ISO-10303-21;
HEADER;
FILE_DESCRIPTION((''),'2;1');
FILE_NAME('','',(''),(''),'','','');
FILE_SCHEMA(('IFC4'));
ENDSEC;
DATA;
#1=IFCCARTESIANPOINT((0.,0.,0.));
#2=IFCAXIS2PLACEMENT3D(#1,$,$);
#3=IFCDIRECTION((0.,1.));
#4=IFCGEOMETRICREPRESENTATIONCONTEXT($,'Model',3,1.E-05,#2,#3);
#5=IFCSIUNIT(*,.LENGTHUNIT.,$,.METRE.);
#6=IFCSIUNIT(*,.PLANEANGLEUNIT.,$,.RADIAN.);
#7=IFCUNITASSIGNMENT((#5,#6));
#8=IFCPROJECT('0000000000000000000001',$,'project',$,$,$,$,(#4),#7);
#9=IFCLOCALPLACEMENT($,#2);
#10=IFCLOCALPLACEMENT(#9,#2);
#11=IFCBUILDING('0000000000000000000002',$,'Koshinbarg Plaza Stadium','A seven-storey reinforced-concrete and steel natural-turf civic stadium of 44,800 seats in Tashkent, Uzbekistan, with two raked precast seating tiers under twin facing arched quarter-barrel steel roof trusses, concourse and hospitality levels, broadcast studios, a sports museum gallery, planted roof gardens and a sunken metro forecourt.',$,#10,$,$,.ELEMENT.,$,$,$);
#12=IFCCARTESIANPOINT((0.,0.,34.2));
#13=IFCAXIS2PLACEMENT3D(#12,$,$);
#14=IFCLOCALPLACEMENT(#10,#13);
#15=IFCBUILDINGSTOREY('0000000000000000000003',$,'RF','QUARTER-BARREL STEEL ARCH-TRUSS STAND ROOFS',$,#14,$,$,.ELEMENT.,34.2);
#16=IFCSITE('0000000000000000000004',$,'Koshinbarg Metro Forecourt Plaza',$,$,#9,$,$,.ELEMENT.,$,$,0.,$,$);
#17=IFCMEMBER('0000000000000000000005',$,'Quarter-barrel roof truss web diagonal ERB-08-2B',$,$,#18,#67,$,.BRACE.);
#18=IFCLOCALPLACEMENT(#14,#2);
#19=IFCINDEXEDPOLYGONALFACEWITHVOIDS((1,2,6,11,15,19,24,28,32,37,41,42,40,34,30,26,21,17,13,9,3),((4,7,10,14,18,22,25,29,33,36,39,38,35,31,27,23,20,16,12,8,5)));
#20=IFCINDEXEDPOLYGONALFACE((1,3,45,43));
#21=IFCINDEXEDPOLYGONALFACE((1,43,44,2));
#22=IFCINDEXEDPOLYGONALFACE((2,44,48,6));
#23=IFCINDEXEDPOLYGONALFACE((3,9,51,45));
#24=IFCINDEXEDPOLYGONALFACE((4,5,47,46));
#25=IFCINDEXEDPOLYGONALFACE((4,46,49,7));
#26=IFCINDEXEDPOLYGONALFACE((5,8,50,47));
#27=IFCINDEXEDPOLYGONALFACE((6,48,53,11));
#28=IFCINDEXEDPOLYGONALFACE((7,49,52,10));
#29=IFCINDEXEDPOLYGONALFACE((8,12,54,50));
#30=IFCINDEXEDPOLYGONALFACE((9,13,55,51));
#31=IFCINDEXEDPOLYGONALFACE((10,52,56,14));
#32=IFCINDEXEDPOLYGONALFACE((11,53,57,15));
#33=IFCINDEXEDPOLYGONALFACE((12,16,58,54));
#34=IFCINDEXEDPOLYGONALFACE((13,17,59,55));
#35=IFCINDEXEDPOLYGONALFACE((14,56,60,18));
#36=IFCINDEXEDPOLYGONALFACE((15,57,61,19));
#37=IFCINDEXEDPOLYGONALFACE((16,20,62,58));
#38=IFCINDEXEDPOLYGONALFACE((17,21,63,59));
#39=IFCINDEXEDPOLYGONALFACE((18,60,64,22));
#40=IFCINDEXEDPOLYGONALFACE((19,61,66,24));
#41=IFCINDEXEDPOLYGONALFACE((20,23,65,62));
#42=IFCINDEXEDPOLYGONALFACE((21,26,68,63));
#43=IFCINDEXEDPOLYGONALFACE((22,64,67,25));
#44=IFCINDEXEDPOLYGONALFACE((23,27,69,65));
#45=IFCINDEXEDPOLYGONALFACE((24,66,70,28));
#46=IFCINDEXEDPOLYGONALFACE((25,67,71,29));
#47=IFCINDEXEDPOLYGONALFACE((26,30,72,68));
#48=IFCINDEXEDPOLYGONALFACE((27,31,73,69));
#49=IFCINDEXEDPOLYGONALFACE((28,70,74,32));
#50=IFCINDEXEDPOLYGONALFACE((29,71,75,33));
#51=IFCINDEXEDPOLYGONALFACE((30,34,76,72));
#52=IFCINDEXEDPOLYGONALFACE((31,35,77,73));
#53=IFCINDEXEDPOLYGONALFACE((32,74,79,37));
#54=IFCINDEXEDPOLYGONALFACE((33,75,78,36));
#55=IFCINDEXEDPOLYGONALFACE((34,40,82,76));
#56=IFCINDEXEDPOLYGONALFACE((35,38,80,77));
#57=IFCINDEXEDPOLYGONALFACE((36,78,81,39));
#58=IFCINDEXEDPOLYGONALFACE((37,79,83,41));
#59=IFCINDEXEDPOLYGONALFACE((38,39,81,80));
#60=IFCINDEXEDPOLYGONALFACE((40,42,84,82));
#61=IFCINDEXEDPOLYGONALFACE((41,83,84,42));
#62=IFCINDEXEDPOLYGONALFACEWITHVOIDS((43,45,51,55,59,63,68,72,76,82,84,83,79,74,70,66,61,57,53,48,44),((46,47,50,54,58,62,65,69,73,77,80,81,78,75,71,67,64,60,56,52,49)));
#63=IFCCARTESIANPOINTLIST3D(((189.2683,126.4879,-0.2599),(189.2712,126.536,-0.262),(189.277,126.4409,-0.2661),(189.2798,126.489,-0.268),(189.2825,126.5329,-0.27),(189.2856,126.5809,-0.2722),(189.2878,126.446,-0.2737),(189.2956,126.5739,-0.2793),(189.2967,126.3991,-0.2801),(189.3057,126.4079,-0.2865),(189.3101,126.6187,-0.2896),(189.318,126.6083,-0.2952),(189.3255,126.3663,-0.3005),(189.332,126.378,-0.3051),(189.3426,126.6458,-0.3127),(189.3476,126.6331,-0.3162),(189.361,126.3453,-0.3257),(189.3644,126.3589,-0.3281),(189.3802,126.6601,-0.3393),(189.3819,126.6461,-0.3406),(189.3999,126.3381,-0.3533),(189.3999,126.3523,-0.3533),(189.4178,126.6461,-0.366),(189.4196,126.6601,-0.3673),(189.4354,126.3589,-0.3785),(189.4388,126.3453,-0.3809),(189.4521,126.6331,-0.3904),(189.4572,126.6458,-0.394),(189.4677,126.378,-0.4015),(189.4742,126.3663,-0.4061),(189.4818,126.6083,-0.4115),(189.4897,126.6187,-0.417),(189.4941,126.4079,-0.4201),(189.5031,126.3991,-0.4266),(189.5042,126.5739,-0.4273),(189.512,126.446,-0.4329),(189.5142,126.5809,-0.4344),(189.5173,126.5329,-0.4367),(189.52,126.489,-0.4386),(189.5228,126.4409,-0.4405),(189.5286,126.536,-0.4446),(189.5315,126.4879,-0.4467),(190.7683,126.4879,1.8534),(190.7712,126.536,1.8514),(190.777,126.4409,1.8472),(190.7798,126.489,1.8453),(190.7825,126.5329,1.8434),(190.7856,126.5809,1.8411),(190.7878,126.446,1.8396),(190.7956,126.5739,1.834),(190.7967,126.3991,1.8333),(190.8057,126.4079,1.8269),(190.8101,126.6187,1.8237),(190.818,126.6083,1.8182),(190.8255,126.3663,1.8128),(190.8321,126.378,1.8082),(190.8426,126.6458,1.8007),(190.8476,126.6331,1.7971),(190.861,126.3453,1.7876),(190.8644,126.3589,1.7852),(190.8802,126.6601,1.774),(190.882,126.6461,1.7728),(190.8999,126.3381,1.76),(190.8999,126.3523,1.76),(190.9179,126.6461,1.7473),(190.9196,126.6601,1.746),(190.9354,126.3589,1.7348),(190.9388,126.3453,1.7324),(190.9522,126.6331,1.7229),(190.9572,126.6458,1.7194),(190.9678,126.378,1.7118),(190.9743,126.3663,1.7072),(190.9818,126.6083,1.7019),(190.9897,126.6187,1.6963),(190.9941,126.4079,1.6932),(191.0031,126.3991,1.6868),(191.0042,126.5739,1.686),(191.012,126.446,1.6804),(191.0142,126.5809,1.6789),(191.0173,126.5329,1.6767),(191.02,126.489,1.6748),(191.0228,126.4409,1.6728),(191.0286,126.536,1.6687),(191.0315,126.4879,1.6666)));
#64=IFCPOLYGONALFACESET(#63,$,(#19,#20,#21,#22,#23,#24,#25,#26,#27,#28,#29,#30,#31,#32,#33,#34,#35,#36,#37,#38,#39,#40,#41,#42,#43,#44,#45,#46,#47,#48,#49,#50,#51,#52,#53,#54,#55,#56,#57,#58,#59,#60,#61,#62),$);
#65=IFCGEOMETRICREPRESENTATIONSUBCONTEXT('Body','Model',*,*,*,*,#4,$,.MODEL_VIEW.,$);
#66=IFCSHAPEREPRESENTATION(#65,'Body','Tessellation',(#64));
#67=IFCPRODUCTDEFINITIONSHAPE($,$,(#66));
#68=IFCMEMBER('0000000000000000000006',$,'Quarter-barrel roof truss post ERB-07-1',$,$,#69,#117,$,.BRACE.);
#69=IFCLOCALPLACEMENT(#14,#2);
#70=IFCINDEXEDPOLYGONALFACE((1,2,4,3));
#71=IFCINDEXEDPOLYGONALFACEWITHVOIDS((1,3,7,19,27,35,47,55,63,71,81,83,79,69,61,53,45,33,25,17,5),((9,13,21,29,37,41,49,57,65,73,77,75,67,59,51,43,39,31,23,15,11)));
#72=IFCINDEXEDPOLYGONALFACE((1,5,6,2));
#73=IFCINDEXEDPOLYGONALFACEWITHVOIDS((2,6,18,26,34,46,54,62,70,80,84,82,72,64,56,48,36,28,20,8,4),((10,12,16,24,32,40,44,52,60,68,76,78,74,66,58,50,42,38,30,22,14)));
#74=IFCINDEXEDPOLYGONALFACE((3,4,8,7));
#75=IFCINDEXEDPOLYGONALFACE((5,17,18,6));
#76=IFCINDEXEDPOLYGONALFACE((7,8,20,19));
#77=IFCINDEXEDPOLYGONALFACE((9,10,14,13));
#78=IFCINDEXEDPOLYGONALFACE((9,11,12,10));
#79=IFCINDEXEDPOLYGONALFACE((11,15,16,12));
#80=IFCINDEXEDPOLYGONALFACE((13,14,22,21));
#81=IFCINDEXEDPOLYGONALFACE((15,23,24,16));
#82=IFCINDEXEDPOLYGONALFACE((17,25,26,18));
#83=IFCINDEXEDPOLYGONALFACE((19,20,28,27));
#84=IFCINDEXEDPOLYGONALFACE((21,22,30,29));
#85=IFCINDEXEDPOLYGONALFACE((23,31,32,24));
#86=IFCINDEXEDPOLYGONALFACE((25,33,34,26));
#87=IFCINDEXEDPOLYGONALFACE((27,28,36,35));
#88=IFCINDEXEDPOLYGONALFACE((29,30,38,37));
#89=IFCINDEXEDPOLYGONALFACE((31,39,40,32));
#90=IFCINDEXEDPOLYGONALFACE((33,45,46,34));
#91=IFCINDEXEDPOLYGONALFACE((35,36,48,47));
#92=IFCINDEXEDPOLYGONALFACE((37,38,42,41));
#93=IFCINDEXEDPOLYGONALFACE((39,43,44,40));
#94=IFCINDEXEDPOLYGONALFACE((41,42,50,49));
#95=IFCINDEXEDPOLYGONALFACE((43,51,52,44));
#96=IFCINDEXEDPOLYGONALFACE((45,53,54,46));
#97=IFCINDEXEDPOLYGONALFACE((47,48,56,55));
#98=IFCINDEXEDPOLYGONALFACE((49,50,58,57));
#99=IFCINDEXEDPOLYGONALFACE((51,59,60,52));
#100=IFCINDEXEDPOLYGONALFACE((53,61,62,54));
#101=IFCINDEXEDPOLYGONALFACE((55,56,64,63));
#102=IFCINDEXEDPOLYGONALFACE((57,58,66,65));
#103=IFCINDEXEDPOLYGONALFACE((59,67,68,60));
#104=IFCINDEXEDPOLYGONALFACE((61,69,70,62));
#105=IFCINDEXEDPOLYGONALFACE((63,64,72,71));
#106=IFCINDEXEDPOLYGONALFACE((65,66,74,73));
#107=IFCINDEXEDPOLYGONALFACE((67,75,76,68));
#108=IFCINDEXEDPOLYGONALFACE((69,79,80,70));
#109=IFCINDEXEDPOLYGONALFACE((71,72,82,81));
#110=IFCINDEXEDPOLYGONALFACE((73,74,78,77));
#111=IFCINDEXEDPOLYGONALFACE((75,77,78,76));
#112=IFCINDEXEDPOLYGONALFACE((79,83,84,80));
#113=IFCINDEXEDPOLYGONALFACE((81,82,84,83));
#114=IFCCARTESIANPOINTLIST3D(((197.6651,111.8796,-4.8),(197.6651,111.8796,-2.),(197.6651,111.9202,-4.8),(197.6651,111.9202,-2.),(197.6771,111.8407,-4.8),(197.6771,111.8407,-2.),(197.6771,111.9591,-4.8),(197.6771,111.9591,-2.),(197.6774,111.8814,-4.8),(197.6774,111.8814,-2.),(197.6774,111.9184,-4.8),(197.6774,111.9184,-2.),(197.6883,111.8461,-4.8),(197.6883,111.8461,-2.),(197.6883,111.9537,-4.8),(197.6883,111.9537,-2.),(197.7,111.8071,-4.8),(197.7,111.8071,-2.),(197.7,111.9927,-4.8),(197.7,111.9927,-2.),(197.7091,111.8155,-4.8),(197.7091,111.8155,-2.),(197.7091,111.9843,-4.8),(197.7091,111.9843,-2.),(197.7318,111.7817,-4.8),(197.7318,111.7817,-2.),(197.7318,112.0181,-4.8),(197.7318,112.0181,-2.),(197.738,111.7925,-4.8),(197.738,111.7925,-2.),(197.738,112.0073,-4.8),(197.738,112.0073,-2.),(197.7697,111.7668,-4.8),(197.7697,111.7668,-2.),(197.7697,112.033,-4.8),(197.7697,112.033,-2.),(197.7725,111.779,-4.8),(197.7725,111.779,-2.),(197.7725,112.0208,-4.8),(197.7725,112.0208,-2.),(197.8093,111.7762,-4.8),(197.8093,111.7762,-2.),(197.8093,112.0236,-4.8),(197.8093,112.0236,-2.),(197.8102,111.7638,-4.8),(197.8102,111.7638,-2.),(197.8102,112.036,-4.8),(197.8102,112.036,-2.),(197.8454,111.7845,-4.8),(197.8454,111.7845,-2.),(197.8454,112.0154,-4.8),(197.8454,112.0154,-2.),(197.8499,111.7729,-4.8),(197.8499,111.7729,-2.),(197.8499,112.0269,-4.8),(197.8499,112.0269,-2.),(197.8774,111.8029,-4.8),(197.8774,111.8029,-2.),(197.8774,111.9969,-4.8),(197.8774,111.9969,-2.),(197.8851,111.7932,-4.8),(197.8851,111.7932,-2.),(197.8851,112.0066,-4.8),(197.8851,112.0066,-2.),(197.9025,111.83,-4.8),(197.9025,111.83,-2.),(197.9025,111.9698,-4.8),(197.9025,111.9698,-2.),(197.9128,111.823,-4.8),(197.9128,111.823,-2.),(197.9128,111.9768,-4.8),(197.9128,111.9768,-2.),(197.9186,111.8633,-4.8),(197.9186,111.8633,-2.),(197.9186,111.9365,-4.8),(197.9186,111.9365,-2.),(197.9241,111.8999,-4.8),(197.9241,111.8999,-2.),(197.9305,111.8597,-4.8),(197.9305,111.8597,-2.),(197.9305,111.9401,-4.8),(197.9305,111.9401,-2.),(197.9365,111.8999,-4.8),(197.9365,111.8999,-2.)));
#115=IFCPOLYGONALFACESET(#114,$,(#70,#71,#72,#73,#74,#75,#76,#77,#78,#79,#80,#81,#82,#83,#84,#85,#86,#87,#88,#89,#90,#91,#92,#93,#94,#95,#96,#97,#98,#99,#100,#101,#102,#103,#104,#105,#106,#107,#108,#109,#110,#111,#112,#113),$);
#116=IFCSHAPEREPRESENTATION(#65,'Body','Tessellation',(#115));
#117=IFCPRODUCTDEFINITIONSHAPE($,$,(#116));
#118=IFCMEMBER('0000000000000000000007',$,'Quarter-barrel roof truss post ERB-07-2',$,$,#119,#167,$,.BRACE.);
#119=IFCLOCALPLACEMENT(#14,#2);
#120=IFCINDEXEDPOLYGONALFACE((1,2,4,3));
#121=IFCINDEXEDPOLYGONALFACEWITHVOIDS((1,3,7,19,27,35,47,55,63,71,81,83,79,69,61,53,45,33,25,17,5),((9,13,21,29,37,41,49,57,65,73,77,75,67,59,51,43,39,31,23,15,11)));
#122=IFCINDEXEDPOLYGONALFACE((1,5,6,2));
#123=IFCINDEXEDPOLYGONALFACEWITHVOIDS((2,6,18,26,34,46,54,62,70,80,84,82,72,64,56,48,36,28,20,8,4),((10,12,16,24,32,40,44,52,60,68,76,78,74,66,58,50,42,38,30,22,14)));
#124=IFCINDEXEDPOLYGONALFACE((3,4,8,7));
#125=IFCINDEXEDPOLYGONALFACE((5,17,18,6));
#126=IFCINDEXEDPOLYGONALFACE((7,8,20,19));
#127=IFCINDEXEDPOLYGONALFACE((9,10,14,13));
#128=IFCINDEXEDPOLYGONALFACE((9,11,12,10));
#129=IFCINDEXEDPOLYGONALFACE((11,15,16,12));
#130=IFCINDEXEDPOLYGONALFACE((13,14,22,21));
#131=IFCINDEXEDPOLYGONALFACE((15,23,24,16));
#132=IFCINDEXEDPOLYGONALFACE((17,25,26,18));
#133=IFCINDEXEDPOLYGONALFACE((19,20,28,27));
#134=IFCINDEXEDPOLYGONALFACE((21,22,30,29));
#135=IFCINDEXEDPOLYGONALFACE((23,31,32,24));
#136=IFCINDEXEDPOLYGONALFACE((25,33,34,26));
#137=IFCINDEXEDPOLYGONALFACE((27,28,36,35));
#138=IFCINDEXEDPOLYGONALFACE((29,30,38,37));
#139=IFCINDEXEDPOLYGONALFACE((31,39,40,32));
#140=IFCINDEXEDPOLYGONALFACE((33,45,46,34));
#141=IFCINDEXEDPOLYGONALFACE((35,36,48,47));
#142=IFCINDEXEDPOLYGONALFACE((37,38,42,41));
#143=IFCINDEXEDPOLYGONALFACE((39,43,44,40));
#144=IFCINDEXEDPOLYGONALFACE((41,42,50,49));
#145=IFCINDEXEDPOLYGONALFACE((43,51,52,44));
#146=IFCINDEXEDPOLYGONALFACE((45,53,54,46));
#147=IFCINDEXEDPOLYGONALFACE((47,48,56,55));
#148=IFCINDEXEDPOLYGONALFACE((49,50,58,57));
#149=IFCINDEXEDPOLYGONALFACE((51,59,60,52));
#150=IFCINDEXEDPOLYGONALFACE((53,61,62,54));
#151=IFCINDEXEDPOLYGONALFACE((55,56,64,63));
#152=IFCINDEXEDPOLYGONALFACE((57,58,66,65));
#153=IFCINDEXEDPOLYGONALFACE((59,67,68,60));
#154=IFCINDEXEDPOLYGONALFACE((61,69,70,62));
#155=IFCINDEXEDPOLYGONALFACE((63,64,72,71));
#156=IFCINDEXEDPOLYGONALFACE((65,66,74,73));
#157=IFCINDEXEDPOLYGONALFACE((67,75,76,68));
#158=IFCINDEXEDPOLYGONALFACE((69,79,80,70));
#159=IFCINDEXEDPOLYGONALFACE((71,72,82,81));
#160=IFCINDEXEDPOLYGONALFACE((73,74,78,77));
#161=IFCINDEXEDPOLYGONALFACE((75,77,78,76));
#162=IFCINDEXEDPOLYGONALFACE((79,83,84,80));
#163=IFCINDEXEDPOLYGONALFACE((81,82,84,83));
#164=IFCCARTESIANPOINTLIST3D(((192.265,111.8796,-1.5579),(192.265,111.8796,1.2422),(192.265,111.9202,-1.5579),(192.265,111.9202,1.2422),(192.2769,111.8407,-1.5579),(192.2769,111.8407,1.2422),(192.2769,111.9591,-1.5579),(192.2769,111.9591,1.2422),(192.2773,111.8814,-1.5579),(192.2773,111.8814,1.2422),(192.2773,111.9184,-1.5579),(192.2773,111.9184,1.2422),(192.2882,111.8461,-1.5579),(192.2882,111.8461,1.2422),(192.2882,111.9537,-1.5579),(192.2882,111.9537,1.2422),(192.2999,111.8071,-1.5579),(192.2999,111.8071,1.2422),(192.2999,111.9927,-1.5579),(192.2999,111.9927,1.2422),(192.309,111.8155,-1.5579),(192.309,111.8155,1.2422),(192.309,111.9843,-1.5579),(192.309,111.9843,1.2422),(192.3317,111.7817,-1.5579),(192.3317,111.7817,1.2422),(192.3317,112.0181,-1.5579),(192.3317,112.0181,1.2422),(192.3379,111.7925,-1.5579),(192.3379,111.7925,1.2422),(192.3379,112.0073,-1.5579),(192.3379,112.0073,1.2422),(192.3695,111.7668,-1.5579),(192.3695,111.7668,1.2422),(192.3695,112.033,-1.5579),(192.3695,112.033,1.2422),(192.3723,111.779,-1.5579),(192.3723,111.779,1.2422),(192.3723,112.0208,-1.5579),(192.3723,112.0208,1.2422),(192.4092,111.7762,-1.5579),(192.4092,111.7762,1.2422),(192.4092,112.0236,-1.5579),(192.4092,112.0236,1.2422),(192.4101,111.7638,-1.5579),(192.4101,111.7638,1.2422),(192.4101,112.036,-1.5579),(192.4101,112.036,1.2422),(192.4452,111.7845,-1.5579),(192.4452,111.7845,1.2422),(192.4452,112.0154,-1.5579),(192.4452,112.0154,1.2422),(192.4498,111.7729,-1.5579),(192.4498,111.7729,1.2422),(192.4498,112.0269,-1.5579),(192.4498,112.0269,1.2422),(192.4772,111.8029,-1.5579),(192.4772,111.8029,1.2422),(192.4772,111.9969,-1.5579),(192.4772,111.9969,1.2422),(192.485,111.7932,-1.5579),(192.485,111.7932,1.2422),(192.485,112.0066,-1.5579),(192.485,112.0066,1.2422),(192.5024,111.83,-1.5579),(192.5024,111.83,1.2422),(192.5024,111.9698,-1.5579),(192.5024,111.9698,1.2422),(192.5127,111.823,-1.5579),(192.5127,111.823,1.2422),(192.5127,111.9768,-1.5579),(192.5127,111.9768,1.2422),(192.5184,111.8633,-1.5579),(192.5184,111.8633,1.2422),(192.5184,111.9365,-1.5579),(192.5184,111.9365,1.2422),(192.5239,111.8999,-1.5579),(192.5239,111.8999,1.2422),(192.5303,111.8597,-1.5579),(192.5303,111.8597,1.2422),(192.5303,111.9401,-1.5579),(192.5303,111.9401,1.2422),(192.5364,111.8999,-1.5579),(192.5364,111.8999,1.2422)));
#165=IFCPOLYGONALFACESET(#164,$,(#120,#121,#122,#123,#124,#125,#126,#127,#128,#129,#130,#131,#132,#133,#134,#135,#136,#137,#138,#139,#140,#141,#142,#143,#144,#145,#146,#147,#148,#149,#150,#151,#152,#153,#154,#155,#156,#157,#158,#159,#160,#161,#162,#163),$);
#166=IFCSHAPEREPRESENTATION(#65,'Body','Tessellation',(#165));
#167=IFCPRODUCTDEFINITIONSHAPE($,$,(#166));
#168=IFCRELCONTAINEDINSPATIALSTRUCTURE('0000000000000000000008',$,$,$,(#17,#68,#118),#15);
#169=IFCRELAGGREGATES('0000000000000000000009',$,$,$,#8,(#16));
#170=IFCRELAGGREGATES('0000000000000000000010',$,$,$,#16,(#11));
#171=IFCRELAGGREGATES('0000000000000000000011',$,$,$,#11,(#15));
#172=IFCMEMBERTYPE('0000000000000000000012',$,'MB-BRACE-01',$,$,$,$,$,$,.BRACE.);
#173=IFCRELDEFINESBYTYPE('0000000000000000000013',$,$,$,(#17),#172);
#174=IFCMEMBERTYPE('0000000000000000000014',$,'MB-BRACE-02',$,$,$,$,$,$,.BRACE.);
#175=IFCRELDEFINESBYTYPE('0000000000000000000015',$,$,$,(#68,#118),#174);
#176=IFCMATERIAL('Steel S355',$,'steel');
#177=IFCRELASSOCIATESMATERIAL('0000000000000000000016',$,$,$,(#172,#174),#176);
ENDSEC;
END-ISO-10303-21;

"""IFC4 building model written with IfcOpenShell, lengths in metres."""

from ifc_helpers import new_model, si_unit, direction, frame, origin, origin_2d, place, context, subcontext, project, spatial, hollow_circle, extrude, material, material_profile, profile_set, type_object, element, save


model = new_model("IFC4")

# Units and contexts
model_context = context("Model", 3, precision=1e-05, world=origin(), true_north=direction((0.0, 1.0)))
body_context = subcontext(model_context, "Body", "Model", "MODEL_VIEW")
ifc_project = project(units=[si_unit("LENGTHUNIT", "METRE"), si_unit("PLANEANGLEUNIT", "RADIAN")], contexts=[model_context])

# Site, building, storey
site_placement = place(None, origin())
site = spatial("IfcSite", under=ifc_project, at=site_placement, Name="Koshinbarg Metro Forecourt Plaza", CompositionType="ELEMENT", RefElevation=0.0)
building_placement = place(site_placement, origin())
building = spatial("IfcBuilding", under=site, at=building_placement, Name="Koshinbarg Plaza Stadium", Description="A seven-storey reinforced-concrete and steel natural-turf civic stadium of 44,800 seats in Tashkent, Uzbekistan, with two raked precast seating tiers under twin facing arched quarter-barrel steel roof trusses, concourse and hospitality levels, broadcast studios, a sports museum gallery, planted roof gardens and a sunken metro forecourt.", CompositionType="ELEMENT")
storey_placement = place(building_placement, frame((0.0, 0.0, 34.2)))
storey = spatial("IfcBuildingStorey", under=building, at=storey_placement, Name="RF", Description="QUARTER-BARREL STEEL ARCH-TRUSS STAND ROOFS", CompositionType="ELEMENT", Elevation=34.2)

# Members
ifc_material_1 = material(Name="Steel S355", Category="steel")
ifc_material_profile_1 = material_profile(ifc_material_1, hollow_circle(Radius=0.1619, WallThickness=0.0142, at=origin_2d()), Name="CHS 323.9x14.2")
ifc_profile_set_1 = profile_set([ifc_material_profile_1], Name="Steel S355")
member_type_1 = type_object("IfcMemberType", Name="MB-BRACE-01", PredefinedType="BRACE", material=ifc_profile_set_1)
member_1_placement = place(storey_placement, frame((190.8999, 126.5, 1.76), z_axis=(-0.578812, 0.0, -0.815461), x_axis=(0.0, -1.0, 0.0)))
element("IfcMember", 1, at=member_1_placement, inside=storey, type_object=member_type_1, Name="Quarter-barrel roof truss web diagonal ERB-08-2B", PredefinedType="BRACE", context=body_context, shape_type="SweptSolid", body=[
    extrude(hollow_circle(Radius=0.1619, WallThickness=0.0142, at=origin_2d()), origin(), (0.0, 0.0, 1.0), 2.5916),
])
ifc_material_profile_2 = material_profile(ifc_material_1, hollow_circle(Radius=0.1365, WallThickness=0.0125, at=origin_2d()), Name="CHS 273x12.5")
ifc_profile_set_2 = profile_set([ifc_material_profile_2], Name="Steel S355")
member_type_2 = type_object("IfcMemberType", Name="MB-BRACE-02", PredefinedType="BRACE", material=ifc_profile_set_2)
for number, where, z_axis, x_axis, name in (
    (2, (197.8, 111.8999, -4.8), (0.0, 0.0, 1.0), (1.0, 0.0, 0.0), "Quarter-barrel roof truss post ERB-07-1"),
    (3, (192.3999, 111.8999, -1.5579), (0.0, 0.0, 1.0), (1.0, 0.0, 0.0), "Quarter-barrel roof truss post ERB-07-2"),
):
    element("IfcMember", number, at=place(storey_placement, frame(where, z_axis=z_axis, x_axis=x_axis)), inside=storey, type_object=member_type_2, Name=name, PredefinedType="BRACE", context=body_context, shape_type="SweptSolid", body=[
        extrude(hollow_circle(Radius=0.1365, WallThickness=0.0125, at=origin_2d()), origin(), (0.0, 0.0, 1.0), 2.8),
    ])

save(model, "model.ifc")
